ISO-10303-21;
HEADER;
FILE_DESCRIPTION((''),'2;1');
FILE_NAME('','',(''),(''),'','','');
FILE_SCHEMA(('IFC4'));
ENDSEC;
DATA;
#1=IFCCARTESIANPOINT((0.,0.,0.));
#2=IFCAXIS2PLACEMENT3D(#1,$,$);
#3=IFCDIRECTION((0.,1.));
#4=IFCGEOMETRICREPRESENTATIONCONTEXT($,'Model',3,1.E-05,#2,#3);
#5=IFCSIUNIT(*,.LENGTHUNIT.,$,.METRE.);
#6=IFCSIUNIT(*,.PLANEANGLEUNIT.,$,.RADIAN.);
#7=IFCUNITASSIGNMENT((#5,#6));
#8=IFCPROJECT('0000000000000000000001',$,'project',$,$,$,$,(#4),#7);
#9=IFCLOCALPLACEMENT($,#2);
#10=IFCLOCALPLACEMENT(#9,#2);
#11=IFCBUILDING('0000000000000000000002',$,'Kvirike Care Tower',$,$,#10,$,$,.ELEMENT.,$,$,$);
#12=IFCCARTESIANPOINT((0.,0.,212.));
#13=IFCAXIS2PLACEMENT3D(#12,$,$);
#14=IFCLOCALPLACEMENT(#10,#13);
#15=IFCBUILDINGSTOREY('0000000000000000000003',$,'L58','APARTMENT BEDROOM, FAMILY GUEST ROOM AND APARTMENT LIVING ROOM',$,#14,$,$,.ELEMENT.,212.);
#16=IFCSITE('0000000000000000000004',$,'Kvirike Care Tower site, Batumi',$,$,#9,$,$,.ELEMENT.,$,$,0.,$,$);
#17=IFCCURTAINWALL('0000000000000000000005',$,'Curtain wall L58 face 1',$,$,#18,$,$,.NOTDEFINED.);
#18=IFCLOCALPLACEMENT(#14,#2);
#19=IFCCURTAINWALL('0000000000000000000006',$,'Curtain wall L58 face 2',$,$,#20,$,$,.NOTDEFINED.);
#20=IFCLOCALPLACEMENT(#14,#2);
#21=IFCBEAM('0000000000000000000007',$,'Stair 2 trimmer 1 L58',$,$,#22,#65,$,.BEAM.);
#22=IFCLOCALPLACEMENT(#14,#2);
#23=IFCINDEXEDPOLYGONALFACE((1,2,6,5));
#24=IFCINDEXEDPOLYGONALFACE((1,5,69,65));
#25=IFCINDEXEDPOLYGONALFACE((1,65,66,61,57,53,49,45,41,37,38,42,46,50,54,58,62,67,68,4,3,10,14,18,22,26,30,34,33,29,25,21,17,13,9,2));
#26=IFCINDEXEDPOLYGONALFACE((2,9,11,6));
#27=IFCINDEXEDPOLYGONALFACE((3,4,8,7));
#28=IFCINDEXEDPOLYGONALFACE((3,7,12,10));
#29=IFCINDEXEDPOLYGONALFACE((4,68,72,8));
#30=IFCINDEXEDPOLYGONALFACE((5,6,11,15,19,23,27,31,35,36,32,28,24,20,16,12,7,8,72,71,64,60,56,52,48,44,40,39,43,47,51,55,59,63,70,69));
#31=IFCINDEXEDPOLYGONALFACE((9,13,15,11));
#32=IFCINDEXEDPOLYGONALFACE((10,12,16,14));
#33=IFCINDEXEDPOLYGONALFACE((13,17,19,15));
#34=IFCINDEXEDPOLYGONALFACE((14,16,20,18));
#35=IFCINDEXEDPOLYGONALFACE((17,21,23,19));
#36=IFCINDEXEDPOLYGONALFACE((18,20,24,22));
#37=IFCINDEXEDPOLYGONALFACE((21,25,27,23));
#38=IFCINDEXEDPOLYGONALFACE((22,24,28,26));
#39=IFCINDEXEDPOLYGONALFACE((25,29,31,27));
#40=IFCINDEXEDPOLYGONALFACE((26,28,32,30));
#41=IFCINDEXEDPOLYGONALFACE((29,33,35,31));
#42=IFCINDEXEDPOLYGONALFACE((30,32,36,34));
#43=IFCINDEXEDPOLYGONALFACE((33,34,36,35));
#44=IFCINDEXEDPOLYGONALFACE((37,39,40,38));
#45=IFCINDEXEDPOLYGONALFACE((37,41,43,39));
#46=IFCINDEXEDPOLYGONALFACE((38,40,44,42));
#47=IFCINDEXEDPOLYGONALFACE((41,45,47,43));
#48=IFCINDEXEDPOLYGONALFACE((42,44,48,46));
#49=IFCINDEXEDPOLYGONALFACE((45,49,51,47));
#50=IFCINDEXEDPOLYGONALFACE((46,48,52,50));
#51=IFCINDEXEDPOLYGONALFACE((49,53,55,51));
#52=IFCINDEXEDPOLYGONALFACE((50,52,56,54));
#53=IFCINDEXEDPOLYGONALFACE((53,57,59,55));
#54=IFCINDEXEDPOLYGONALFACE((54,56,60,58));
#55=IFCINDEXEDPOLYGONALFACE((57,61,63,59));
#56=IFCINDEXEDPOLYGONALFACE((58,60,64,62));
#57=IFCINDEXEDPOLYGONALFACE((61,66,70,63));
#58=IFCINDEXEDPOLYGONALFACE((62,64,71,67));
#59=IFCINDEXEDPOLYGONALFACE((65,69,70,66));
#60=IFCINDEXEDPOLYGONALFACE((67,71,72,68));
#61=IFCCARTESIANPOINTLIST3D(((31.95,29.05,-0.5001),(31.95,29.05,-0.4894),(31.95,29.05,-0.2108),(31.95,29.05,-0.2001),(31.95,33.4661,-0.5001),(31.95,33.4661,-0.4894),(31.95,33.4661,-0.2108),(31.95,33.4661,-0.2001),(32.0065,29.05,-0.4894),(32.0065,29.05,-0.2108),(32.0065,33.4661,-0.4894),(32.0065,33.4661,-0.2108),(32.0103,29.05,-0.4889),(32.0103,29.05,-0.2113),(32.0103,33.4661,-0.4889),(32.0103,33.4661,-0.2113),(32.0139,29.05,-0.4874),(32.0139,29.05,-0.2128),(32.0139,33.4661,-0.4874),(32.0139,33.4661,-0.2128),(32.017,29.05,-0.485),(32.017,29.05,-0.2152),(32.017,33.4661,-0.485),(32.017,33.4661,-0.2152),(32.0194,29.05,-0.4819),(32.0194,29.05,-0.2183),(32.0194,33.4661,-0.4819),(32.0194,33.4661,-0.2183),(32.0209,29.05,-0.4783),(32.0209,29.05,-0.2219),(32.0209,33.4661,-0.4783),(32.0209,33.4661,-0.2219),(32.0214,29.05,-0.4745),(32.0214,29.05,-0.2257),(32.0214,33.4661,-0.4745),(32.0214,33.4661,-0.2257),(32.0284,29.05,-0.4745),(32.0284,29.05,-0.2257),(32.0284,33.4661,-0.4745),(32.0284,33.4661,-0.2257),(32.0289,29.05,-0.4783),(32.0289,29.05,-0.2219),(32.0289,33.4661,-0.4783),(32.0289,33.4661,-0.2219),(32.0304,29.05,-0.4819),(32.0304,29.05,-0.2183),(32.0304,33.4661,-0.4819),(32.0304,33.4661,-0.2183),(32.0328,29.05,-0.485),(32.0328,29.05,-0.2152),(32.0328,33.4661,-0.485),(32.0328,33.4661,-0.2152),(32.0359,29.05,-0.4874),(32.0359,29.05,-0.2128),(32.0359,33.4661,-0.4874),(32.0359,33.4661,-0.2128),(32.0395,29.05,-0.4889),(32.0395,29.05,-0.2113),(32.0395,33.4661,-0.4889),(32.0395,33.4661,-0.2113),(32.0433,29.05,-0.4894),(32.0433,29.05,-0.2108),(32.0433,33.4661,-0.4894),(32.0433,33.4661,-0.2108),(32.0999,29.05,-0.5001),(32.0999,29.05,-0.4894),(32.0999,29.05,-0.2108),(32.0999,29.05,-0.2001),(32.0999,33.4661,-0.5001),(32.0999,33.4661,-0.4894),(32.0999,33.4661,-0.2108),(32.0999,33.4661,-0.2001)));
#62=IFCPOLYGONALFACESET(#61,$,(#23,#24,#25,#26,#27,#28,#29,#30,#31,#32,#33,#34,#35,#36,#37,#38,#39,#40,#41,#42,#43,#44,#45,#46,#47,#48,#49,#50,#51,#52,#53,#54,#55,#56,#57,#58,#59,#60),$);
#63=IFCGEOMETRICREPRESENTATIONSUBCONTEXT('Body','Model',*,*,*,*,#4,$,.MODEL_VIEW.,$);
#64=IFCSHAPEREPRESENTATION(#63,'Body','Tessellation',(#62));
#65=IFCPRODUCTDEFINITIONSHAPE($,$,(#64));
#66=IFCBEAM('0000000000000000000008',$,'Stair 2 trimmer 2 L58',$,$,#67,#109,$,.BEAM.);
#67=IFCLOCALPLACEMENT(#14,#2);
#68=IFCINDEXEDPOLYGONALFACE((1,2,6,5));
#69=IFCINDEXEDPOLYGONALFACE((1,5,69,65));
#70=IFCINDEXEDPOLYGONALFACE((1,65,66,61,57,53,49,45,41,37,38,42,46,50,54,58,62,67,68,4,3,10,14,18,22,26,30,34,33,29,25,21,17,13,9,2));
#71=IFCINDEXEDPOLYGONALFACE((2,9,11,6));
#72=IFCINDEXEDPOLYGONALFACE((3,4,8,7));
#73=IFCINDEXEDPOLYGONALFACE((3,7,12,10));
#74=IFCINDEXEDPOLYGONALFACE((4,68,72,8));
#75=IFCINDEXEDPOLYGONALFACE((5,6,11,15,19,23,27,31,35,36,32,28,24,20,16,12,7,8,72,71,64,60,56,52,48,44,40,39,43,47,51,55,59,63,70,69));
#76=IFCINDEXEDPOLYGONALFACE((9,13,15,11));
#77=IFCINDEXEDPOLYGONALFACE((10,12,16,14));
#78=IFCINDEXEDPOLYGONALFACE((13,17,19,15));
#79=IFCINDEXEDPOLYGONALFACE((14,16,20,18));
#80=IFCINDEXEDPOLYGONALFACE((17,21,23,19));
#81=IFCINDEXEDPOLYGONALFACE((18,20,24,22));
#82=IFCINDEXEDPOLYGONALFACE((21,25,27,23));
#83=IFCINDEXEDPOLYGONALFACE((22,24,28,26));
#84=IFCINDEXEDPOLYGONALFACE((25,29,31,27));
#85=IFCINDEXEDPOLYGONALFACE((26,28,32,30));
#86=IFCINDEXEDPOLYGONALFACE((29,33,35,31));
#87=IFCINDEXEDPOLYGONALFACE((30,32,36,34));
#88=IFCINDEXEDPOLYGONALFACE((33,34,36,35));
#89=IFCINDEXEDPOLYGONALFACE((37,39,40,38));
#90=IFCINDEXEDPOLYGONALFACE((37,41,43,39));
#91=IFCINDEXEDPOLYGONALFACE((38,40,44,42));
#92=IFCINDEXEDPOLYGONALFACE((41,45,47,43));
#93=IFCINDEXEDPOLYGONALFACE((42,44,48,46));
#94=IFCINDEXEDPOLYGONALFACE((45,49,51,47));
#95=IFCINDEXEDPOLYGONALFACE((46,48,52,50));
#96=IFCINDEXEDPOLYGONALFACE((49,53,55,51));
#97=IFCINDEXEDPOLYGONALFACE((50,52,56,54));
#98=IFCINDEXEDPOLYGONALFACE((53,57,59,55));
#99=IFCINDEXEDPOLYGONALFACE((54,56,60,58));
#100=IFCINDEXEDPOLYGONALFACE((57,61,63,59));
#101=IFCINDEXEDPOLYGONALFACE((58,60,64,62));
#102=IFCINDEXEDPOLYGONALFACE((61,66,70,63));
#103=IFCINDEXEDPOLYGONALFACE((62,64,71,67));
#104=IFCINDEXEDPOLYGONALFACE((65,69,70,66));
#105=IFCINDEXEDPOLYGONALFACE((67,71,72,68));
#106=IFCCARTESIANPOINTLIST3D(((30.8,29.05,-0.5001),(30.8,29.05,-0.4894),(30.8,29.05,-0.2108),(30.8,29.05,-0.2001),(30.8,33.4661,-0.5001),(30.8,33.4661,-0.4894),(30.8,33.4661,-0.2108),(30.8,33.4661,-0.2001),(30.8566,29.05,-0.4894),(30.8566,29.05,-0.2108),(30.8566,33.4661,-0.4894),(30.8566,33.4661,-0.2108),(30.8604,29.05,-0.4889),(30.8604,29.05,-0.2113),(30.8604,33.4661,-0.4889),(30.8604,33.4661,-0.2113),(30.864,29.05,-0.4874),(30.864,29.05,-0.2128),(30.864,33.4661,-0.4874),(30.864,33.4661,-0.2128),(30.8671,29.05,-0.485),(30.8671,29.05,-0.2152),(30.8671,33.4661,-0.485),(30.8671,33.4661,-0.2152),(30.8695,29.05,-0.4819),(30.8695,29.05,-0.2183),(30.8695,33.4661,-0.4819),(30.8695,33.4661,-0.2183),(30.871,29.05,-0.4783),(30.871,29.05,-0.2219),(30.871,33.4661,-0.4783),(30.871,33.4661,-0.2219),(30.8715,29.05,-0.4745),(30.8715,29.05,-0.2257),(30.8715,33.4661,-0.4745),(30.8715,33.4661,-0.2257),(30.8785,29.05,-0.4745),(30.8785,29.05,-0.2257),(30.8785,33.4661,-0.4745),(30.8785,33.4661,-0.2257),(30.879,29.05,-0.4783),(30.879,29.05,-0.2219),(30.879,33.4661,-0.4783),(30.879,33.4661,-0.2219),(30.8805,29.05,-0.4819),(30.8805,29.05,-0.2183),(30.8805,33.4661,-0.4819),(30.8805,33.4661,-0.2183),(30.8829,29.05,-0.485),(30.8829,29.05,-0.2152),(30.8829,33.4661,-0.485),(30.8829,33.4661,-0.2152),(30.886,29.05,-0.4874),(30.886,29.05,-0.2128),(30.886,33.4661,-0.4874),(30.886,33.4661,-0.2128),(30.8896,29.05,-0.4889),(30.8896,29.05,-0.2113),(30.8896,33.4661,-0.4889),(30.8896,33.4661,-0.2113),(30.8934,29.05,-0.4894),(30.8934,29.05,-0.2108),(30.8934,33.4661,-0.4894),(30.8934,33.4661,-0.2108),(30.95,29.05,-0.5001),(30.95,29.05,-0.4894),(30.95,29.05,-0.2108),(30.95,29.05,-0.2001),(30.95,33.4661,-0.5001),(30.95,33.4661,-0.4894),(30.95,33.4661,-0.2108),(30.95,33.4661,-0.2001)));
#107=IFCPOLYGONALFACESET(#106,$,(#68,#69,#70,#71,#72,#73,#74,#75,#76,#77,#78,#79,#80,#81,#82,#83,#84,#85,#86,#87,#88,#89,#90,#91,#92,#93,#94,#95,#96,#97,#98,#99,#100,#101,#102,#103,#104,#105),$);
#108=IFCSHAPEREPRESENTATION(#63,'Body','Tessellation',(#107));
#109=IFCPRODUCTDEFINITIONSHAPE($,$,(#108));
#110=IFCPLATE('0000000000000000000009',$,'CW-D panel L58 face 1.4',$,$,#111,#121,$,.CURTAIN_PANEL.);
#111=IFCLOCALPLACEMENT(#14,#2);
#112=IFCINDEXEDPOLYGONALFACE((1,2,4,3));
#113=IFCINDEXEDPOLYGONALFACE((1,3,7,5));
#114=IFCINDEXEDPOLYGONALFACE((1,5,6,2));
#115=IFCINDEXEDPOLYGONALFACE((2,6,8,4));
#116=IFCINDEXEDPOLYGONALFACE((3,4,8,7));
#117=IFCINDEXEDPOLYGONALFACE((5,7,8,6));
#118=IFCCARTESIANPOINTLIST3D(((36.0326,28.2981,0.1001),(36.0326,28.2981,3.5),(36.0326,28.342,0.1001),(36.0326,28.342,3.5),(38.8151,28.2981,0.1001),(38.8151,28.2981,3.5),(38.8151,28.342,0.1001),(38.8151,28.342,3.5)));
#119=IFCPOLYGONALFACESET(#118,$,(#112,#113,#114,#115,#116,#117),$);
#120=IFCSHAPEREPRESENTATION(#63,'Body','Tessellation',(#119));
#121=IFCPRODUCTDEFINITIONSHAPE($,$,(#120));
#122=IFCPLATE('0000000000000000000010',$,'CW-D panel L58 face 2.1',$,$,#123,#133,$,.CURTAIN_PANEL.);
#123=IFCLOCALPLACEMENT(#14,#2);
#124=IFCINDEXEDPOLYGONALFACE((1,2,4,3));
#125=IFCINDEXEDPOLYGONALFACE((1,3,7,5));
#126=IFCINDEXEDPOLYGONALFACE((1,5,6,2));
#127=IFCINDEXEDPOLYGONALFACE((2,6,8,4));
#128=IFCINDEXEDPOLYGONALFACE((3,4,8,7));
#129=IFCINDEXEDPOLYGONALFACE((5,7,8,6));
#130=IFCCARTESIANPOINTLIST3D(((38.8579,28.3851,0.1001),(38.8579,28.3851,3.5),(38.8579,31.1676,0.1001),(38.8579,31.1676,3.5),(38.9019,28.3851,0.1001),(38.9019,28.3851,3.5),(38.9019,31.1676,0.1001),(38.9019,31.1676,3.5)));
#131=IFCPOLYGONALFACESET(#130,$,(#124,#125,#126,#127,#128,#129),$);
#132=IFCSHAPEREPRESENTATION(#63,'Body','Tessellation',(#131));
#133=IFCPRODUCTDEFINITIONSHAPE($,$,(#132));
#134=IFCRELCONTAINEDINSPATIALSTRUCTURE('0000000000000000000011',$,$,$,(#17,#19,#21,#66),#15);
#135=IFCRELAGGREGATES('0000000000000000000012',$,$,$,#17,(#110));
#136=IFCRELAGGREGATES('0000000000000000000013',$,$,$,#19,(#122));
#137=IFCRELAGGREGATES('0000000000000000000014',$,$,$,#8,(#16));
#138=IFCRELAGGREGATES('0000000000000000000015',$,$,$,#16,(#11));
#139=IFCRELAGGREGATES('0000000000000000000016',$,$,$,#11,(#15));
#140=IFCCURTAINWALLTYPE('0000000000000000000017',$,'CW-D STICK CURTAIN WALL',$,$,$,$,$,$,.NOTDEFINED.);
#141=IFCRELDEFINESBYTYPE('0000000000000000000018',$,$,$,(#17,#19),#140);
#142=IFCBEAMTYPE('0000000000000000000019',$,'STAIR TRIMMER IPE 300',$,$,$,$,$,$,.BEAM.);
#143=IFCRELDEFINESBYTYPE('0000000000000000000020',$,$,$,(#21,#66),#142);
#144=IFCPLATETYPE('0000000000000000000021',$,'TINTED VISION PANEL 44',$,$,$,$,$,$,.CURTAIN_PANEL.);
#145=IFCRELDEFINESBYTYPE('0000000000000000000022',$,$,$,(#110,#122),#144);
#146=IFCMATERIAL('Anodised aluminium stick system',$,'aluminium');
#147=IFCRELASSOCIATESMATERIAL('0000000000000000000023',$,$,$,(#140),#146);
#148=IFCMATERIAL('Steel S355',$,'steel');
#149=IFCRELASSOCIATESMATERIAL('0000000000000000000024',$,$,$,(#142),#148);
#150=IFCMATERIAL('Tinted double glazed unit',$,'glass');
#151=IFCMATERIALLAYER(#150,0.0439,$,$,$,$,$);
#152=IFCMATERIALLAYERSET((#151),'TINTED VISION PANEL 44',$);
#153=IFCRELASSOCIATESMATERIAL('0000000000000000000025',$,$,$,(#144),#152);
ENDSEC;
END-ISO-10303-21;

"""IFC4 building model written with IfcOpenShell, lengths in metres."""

from ifc_helpers import new_model, si_unit, direction, frame, origin, origin_2d, place, context, subcontext, project, spatial, rectangle, i_section, extrude, material, layer, layer_set, material_profile, profile_set, type_object, element, aggregate, save


model = new_model("IFC4")

# Units and contexts
model_context = context("Model", 3, precision=1e-05, world=origin(), true_north=direction((0.0, 1.0)))
body_context = subcontext(model_context, "Body", "Model", "MODEL_VIEW")
ifc_project = project(units=[si_unit("LENGTHUNIT", "METRE"), si_unit("PLANEANGLEUNIT", "RADIAN")], contexts=[model_context])

# Site, building, storey
site_placement = place(None, origin())
site = spatial("IfcSite", under=ifc_project, at=site_placement, Name="Kvirike Care Tower site, Batumi", CompositionType="ELEMENT", RefElevation=0.0)
building_placement = place(site_placement, origin())
building = spatial("IfcBuilding", under=site, at=building_placement, Name="Kvirike Care Tower", CompositionType="ELEMENT")
storey_placement = place(building_placement, frame((0.0, 0.0, 212.0)))
storey = spatial("IfcBuildingStorey", under=building, at=storey_placement, Name="L58", Description="APARTMENT BEDROOM, FAMILY GUEST ROOM AND APARTMENT LIVING ROOM", CompositionType="ELEMENT", Elevation=212.0)

# Curtain wall
ifc_material_1 = material(Name="Anodised aluminium stick system", Category="aluminium")
curtain_wall_type = type_object("IfcCurtainWallType", Name="CW-D STICK CURTAIN WALL", PredefinedType="NOTDEFINED", material=ifc_material_1)
curtain_wall_1_placement = place(storey_placement, origin())
curtain_wall_1 = element("IfcCurtainWall", 1, at=curtain_wall_1_placement, inside=storey, type_object=curtain_wall_type, Name="Curtain wall L58 face 1", PredefinedType="NOTDEFINED")

# Curtain wall
curtain_wall_2_placement = place(storey_placement, origin())
curtain_wall_2 = element("IfcCurtainWall", 2, at=curtain_wall_2_placement, inside=storey, type_object=curtain_wall_type, Name="Curtain wall L58 face 2", PredefinedType="NOTDEFINED")

# Beams
ifc_material_2 = material(Name="Steel S355", Category="steel")
ifc_material_profile_1 = material_profile(ifc_material_2, i_section(OverallWidth=0.1499, OverallDepth=0.3, WebThickness=0.0071, FlangeThickness=0.0107, FilletRadius=0.0149, at=origin_2d()), Name="IPE 300")
ifc_profile_set_1 = profile_set([ifc_material_profile_1], Name="Steel S355")
beam_type_1 = type_object("IfcBeamType", Name="STAIR TRIMMER IPE 300", PredefinedType="BEAM", material=ifc_profile_set_1)
for number, where, z_axis, x_axis, name in (
    (3, (32.0249, 29.05, -0.3501), (0.0, 1.0, 0.0), (-1.0, 0.0, 0.0), "Stair 2 trimmer 1 L58"),
    (4, (30.875, 29.05, -0.3501), (0.0, 1.0, 0.0), (-1.0, 0.0, 0.0), "Stair 2 trimmer 2 L58"),
):
    element("IfcBeam", number, at=place(storey_placement, frame(where, z_axis=z_axis, x_axis=x_axis)), inside=storey, type_object=beam_type_1, Name=name, PredefinedType="BEAM", context=body_context, shape_type="SweptSolid", body=[
        extrude(i_section(OverallWidth=0.1499, OverallDepth=0.3, WebThickness=0.0071, FlangeThickness=0.0107, FilletRadius=0.0149, at=origin_2d()), origin(), (0.0, 0.0, 1.0), 4.416),
    ])

# Plates
ifc_material_3 = material(Name="Tinted double glazed unit", Category="glass")
ifc_layer_1 = layer(ifc_material_3, 0.0439)
ifc_layer_set_1 = layer_set([ifc_layer_1], Name="TINTED VISION PANEL 44")
plate_type = type_object("IfcPlateType", Name="TINTED VISION PANEL 44", PredefinedType="CURTAIN_PANEL", material=ifc_layer_set_1)
plate_1_placement = place(storey_placement, frame((37.4238, 28.3201, 0.1001), z_axis=(0.0, 0.0, 1.0), x_axis=(1.0, 0.0, 0.0)))
plate_1 = element("IfcPlate", 5, at=plate_1_placement, type_object=plate_type, Name="CW-D panel L58 face 1.4", PredefinedType="CURTAIN_PANEL", context=body_context, shape_type="SweptSolid", body=[
    extrude(rectangle(XDim=2.7825, YDim=0.0439, at=origin_2d()), origin(), (0.0, 0.0, 1.0), 3.3999),
])
aggregate(curtain_wall_1, [plate_1])
plate_2_placement = place(storey_placement, frame((38.8799, 29.7764, 0.1001), z_axis=(0.0, 0.0, 1.0), x_axis=(0.0, 1.0, 0.0)))
plate_2 = element("IfcPlate", 6, at=plate_2_placement, type_object=plate_type, Name="CW-D panel L58 face 2.1", PredefinedType="CURTAIN_PANEL", context=body_context, shape_type="SweptSolid", body=[
    extrude(rectangle(XDim=2.7825, YDim=0.0439, at=origin_2d()), origin(), (0.0, 0.0, 1.0), 3.3999),
])
aggregate(curtain_wall_2, [plate_2])

save(model, "model.ifc")
